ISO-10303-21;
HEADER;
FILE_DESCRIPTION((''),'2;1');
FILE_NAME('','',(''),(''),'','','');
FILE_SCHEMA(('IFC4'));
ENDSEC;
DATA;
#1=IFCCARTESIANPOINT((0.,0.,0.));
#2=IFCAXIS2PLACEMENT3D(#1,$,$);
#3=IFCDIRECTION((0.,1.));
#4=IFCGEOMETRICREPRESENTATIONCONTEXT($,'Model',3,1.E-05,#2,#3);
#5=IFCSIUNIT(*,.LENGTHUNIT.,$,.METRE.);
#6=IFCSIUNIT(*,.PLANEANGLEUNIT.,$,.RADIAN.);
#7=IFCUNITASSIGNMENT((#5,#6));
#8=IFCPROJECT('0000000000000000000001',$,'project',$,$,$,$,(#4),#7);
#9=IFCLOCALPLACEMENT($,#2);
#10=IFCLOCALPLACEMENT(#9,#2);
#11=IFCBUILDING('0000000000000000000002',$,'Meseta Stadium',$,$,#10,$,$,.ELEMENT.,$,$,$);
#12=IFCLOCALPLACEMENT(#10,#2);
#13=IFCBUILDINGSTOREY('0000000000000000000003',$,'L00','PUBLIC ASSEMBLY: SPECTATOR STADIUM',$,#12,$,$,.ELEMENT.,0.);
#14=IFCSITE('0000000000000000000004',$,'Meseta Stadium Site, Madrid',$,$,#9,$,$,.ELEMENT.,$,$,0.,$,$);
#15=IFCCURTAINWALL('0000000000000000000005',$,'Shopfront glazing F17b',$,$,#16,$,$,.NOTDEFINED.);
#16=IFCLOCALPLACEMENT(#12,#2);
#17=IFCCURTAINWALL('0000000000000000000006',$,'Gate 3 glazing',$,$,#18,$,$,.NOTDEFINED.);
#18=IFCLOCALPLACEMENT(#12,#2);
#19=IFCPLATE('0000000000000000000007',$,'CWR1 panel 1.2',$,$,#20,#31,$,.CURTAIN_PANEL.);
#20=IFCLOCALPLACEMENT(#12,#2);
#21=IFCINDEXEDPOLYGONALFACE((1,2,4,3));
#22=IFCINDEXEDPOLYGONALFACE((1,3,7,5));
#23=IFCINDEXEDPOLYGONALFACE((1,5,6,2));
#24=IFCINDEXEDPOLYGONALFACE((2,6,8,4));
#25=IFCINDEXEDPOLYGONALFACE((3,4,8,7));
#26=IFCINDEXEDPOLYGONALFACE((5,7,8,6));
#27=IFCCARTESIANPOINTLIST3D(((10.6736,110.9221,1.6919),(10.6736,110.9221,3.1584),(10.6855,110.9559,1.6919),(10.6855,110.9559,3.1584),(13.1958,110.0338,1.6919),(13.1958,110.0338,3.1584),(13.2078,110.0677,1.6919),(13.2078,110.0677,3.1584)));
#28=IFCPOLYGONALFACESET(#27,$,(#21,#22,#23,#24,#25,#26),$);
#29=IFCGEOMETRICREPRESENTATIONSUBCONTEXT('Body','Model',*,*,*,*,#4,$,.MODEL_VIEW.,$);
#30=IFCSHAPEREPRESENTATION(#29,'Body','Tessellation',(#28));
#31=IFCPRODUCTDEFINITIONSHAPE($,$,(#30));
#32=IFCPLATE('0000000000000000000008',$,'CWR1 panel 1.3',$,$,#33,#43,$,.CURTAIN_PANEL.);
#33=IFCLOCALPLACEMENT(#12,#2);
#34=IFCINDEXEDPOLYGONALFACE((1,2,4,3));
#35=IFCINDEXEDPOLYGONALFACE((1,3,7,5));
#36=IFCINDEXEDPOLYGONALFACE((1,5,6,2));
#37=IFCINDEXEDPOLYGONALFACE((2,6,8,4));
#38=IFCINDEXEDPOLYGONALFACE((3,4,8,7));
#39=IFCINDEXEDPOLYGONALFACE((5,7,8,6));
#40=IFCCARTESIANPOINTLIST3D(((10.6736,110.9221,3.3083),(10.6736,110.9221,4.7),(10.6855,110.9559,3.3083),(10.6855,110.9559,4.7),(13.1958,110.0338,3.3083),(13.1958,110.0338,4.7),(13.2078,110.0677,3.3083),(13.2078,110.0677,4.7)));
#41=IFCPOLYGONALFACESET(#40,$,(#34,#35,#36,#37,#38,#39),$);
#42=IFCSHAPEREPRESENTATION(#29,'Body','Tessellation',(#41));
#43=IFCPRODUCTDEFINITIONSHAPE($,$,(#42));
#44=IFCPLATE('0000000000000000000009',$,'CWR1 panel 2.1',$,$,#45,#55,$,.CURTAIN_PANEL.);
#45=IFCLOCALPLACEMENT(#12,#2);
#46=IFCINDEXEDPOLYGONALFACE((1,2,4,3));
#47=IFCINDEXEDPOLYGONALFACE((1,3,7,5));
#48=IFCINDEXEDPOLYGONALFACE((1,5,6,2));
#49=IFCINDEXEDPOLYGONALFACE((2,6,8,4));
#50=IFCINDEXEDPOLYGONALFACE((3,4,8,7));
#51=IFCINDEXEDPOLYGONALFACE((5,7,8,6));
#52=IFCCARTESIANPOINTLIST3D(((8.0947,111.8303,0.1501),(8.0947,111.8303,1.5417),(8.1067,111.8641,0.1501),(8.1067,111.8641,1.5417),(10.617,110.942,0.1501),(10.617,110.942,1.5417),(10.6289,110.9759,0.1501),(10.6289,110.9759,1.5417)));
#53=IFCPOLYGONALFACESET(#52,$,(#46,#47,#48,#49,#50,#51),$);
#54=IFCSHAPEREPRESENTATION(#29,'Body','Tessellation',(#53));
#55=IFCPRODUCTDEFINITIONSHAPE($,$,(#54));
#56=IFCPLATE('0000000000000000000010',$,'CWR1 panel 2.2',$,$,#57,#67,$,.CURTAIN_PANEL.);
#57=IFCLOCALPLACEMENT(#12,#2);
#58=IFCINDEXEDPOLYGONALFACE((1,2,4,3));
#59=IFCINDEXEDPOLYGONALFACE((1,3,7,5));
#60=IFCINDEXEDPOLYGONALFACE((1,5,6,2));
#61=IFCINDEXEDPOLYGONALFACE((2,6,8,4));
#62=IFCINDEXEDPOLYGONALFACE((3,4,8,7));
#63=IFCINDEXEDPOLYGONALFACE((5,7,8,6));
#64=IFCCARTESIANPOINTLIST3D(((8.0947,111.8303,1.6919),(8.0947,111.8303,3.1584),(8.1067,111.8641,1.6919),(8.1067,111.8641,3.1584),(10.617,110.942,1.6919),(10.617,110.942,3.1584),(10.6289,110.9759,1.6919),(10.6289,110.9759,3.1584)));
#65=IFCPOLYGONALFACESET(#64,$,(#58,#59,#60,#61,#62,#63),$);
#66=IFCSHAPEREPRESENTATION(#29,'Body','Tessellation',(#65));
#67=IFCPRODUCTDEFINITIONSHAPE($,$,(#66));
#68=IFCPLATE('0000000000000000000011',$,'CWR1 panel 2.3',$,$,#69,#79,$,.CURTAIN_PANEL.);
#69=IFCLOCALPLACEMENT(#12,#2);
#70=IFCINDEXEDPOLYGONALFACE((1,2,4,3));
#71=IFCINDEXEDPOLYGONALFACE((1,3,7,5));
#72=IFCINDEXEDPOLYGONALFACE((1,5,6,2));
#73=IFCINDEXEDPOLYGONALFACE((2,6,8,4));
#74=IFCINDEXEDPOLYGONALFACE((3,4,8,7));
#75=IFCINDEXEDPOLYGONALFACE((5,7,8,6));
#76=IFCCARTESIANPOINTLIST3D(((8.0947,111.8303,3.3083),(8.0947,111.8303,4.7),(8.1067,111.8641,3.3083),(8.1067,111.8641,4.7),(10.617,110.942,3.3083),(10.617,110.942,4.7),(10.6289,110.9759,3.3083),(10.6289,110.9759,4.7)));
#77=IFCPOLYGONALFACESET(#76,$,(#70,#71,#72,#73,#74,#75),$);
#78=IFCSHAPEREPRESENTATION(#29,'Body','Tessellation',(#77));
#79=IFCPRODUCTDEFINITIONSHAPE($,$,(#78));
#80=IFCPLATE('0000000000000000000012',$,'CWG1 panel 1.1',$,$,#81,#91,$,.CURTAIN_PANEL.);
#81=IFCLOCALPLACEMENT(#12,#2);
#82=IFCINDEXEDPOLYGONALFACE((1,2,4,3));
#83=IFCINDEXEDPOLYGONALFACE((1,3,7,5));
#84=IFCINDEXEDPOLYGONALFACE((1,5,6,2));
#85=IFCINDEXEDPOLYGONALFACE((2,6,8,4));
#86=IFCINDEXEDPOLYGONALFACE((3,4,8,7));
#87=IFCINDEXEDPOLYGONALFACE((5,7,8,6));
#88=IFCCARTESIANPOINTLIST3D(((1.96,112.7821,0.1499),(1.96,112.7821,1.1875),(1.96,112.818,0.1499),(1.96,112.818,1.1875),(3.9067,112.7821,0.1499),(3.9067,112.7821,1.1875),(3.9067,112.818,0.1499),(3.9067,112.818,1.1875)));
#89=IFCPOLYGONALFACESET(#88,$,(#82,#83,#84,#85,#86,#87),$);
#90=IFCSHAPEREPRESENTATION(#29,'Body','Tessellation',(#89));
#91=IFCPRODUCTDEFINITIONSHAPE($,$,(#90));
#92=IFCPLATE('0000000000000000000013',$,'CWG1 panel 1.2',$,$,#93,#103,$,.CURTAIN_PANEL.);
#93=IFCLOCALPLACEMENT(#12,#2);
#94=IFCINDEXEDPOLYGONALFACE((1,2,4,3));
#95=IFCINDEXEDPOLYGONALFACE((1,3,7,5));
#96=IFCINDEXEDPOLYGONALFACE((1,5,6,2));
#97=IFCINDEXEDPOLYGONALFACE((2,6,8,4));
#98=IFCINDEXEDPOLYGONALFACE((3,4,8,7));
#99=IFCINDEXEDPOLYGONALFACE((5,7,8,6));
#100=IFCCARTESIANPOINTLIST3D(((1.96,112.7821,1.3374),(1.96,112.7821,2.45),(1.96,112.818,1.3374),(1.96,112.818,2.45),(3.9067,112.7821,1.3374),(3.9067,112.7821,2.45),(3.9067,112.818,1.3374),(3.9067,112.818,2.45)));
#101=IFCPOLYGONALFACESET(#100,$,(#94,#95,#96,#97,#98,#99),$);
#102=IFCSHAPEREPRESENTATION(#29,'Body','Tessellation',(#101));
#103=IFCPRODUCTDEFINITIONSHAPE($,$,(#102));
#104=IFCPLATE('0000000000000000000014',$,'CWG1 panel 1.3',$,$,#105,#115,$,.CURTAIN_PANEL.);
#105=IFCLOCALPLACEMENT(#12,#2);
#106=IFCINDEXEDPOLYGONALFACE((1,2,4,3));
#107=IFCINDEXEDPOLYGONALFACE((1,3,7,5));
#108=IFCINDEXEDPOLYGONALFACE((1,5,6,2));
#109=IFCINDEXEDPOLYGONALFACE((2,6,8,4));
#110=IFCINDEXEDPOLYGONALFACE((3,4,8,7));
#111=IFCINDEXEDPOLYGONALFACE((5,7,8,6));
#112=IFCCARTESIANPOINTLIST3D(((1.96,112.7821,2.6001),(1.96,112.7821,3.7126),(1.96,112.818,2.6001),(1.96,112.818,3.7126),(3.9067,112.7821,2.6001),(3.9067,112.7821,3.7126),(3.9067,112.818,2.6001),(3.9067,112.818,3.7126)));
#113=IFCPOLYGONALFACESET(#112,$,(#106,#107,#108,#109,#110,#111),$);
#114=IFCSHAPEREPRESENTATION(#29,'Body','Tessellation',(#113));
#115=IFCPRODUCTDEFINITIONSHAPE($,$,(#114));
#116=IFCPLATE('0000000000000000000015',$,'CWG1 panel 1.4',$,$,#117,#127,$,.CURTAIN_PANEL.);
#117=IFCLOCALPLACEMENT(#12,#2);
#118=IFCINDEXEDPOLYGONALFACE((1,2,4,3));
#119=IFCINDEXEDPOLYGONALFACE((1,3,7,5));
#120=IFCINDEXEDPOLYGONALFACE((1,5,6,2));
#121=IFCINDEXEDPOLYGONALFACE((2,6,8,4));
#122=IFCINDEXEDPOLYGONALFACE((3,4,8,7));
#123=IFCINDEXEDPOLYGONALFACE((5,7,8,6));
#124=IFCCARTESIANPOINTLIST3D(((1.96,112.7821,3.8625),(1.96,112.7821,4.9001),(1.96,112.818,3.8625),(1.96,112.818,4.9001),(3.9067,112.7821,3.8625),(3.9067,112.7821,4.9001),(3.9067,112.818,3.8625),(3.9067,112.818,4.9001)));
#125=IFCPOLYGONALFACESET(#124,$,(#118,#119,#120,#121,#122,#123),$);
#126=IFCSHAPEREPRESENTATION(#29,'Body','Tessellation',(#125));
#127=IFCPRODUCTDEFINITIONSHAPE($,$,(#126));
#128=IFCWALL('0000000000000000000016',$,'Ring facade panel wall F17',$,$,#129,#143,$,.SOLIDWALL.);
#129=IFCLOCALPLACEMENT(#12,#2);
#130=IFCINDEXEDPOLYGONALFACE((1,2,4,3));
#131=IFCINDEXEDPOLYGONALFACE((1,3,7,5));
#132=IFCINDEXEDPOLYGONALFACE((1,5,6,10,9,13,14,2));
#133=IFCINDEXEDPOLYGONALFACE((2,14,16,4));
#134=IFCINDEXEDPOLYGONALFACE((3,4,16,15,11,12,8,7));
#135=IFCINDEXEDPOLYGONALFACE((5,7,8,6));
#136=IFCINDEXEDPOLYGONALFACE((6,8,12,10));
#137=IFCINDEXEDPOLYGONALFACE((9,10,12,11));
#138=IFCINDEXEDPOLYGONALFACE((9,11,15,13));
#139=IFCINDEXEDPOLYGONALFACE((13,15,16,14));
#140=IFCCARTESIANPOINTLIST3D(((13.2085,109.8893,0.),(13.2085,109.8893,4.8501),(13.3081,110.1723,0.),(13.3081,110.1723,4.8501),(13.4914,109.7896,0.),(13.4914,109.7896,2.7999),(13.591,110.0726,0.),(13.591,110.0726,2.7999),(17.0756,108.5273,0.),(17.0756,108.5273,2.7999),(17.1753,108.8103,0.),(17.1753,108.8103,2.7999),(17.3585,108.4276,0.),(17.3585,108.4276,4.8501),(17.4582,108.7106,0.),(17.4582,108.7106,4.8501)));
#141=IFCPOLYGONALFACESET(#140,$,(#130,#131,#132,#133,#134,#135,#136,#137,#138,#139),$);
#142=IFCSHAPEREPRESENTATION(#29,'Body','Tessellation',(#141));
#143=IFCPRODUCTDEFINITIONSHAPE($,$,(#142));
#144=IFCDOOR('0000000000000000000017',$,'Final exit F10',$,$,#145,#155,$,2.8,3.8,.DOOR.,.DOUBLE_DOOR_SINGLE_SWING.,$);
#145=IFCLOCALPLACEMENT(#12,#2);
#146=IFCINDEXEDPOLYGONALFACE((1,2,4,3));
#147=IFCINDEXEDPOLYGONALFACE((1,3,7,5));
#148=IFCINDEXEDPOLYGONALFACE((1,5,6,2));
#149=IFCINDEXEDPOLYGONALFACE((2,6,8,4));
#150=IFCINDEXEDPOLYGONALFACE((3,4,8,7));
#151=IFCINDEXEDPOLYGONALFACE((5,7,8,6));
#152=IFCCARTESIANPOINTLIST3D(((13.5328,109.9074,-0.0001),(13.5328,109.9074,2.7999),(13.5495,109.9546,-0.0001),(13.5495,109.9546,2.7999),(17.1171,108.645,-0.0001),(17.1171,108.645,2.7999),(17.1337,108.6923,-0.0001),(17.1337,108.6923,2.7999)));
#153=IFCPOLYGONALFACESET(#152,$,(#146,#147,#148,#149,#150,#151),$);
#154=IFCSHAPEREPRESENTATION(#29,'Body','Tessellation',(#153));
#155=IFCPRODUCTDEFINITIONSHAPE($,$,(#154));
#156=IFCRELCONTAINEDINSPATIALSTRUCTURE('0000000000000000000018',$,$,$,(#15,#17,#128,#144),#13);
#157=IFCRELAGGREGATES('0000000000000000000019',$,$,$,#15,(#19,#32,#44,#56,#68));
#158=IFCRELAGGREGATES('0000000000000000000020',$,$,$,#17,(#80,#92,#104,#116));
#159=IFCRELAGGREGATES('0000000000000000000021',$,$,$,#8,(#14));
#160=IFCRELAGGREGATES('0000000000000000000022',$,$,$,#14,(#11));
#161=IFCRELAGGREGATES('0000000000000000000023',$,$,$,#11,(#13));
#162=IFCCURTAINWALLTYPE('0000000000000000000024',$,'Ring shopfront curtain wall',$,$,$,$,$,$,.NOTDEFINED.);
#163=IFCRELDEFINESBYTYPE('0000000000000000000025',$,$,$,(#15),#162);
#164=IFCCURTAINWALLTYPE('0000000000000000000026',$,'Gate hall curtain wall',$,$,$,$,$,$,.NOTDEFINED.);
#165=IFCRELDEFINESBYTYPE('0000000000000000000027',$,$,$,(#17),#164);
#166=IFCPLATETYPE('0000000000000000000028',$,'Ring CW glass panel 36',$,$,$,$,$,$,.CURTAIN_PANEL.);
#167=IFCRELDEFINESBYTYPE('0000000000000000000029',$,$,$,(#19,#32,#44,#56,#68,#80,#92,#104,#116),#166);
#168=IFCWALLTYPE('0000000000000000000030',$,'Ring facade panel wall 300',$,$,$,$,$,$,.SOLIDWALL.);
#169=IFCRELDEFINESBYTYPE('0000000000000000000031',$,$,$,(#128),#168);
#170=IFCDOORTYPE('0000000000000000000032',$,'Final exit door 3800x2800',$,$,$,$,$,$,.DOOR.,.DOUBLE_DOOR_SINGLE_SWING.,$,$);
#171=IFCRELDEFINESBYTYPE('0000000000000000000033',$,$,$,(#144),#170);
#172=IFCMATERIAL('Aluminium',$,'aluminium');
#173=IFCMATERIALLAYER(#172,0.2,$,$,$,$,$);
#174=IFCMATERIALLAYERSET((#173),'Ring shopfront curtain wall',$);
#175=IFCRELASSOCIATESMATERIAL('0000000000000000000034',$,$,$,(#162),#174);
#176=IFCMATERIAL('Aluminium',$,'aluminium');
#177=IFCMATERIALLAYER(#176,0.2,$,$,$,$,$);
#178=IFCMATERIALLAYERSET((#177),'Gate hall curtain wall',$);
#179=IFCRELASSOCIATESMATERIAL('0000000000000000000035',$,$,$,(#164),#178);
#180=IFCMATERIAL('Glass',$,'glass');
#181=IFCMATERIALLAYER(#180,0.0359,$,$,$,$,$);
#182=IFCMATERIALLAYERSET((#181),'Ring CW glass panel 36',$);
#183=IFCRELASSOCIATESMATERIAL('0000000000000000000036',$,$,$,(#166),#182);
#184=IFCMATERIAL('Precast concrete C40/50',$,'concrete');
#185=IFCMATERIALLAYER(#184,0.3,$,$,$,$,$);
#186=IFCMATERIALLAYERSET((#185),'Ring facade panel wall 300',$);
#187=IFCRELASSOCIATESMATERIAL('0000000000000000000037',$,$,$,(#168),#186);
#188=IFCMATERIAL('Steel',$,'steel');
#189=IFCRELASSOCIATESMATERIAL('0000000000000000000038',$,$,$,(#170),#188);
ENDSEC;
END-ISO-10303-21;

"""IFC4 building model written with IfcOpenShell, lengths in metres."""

from ifc_helpers import new_model, si_unit, direction, frame, frame_2d, origin, origin_2d, place, context, subcontext, project, spatial, rectangle, extrude, material, layer, layer_set, type_object, element, fill, aggregate, save


model = new_model("IFC4")

# Units and contexts
model_context = context("Model", 3, precision=1e-05, world=origin(), true_north=direction((0.0, 1.0)))
body_context = subcontext(model_context, "Body", "Model", "MODEL_VIEW")
ifc_project = project(units=[si_unit("LENGTHUNIT", "METRE"), si_unit("PLANEANGLEUNIT", "RADIAN")], contexts=[model_context])

# Site, building, storey
site_placement = place(None, origin())
site = spatial("IfcSite", under=ifc_project, at=site_placement, Name="Meseta Stadium Site, Madrid", CompositionType="ELEMENT", RefElevation=0.0)
building_placement = place(site_placement, origin())
building = spatial("IfcBuilding", under=site, at=building_placement, Name="Meseta Stadium", CompositionType="ELEMENT")
storey_placement = place(building_placement, origin())
storey = spatial("IfcBuildingStorey", under=building, at=storey_placement, Name="L00", Description="PUBLIC ASSEMBLY: SPECTATOR STADIUM", CompositionType="ELEMENT", Elevation=0.0)

# Curtain walls
ifc_material_1 = material(Name="Aluminium", Category="aluminium")
ifc_layer_1 = layer(ifc_material_1, 0.2)
ifc_layer_set_1 = layer_set([ifc_layer_1], Name="Ring shopfront curtain wall")
curtain_wall_type_1 = type_object("IfcCurtainWallType", Name="Ring shopfront curtain wall", PredefinedType="NOTDEFINED", material=ifc_layer_set_1)
curtain_wall_1_placement = place(storey_placement, origin())
curtain_wall_1 = element("IfcCurtainWall", 1, at=curtain_wall_1_placement, inside=storey, type_object=curtain_wall_type_1, Name="Shopfront glazing F17b", PredefinedType="NOTDEFINED")
ifc_material_2 = material(Name="Aluminium", Category="aluminium")
ifc_layer_2 = layer(ifc_material_2, 0.2)
ifc_layer_set_2 = layer_set([ifc_layer_2], Name="Gate hall curtain wall")
curtain_wall_type_2 = type_object("IfcCurtainWallType", Name="Gate hall curtain wall", PredefinedType="NOTDEFINED", material=ifc_layer_set_2)
curtain_wall_2_placement = place(storey_placement, origin())
curtain_wall_2 = element("IfcCurtainWall", 2, at=curtain_wall_2_placement, inside=storey, type_object=curtain_wall_type_2, Name="Gate 3 glazing", PredefinedType="NOTDEFINED")

# Plates
ifc_material_3 = material(Name="Glass", Category="glass")
ifc_layer_3 = layer(ifc_material_3, 0.0359)
ifc_layer_set_3 = layer_set([ifc_layer_3], Name="Ring CW glass panel 36")
plate_type = type_object("IfcPlateType", Name="Ring CW glass panel 36", PredefinedType="CURTAIN_PANEL", material=ifc_layer_set_3)
plate_1_placement = place(storey_placement, frame((11.9407, 110.4949, 1.6919), z_axis=(0.0, 0.0, 1.0), x_axis=(-0.94322, 0.33217, 0.0)))
plate_1 = element("IfcPlate", 3, at=plate_1_placement, type_object=plate_type, Name="CWR1 panel 1.2", PredefinedType="CURTAIN_PANEL", context=body_context, shape_type="SweptSolid", body=[
    extrude(rectangle(XDim=2.6741, YDim=0.0359, at=origin_2d()), origin(), (0.0, 0.0, 1.0), 1.4666),
])
plate_2_placement = place(storey_placement, frame((11.9407, 110.4949, 3.3083), z_axis=(0.0, 0.0, 1.0), x_axis=(-0.94322, 0.33217, 0.0)))
plate_2 = element("IfcPlate", 4, at=plate_2_placement, type_object=plate_type, Name="CWR1 panel 1.3", PredefinedType="CURTAIN_PANEL", context=body_context, shape_type="SweptSolid", body=[
    extrude(rectangle(XDim=2.6741, YDim=0.0359, at=origin_2d()), origin(), (0.0, 0.0, 1.0), 1.3916),
])
plate_3_placement = place(storey_placement, frame((9.3618, 111.4031, 0.1501), z_axis=(0.0, 0.0, 1.0), x_axis=(-0.94322, 0.33217, 0.0)))
plate_3 = element("IfcPlate", 5, at=plate_3_placement, type_object=plate_type, Name="CWR1 panel 2.1", PredefinedType="CURTAIN_PANEL", context=body_context, shape_type="SweptSolid", body=[
    extrude(rectangle(XDim=2.6741, YDim=0.0359, at=origin_2d()), origin(), (0.0, 0.0, 1.0), 1.3916),
])
plate_4_placement = place(storey_placement, frame((9.3618, 111.4031, 1.6919), z_axis=(0.0, 0.0, 1.0), x_axis=(-0.94322, 0.33217, 0.0)))
plate_4 = element("IfcPlate", 6, at=plate_4_placement, type_object=plate_type, Name="CWR1 panel 2.2", PredefinedType="CURTAIN_PANEL", context=body_context, shape_type="SweptSolid", body=[
    extrude(rectangle(XDim=2.6741, YDim=0.0359, at=origin_2d()), origin(), (0.0, 0.0, 1.0), 1.4666),
])
plate_5_placement = place(storey_placement, frame((9.3618, 111.4031, 3.3083), z_axis=(0.0, 0.0, 1.0), x_axis=(-0.94322, 0.33217, 0.0)))
plate_5 = element("IfcPlate", 7, at=plate_5_placement, type_object=plate_type, Name="CWR1 panel 2.3", PredefinedType="CURTAIN_PANEL", context=body_context, shape_type="SweptSolid", body=[
    extrude(rectangle(XDim=2.6741, YDim=0.0359, at=origin_2d()), origin(), (0.0, 0.0, 1.0), 1.3916),
])
aggregate(curtain_wall_1, [plate_1, plate_2, plate_3, plate_4, plate_5])
plate_6_placement = place(storey_placement, frame((2.9333, 112.8, 0.1499), z_axis=(0.0, 0.0, 1.0), x_axis=(-1.0, 0.0, 0.0)))
plate_6 = element("IfcPlate", 8, at=plate_6_placement, type_object=plate_type, Name="CWG1 panel 1.1", PredefinedType="CURTAIN_PANEL", context=body_context, shape_type="SweptSolid", body=[
    extrude(rectangle(XDim=1.9468, YDim=0.0359, at=origin_2d()), origin(), (0.0, 0.0, 1.0), 1.0376),
])
plate_7_placement = place(storey_placement, frame((2.9333, 112.8, 1.3374), z_axis=(0.0, 0.0, 1.0), x_axis=(-1.0, 0.0, 0.0)))
plate_7 = element("IfcPlate", 9, at=plate_7_placement, type_object=plate_type, Name="CWG1 panel 1.2", PredefinedType="CURTAIN_PANEL", context=body_context, shape_type="SweptSolid", body=[
    extrude(rectangle(XDim=1.9468, YDim=0.0359, at=origin_2d()), origin(), (0.0, 0.0, 1.0), 1.1125),
])
plate_8_placement = place(storey_placement, frame((2.9333, 112.8, 2.6001), z_axis=(0.0, 0.0, 1.0), x_axis=(-1.0, 0.0, 0.0)))
plate_8 = element("IfcPlate", 10, at=plate_8_placement, type_object=plate_type, Name="CWG1 panel 1.3", PredefinedType="CURTAIN_PANEL", context=body_context, shape_type="SweptSolid", body=[
    extrude(rectangle(XDim=1.9468, YDim=0.0359, at=origin_2d()), origin(), (0.0, 0.0, 1.0), 1.1125),
])
plate_9_placement = place(storey_placement, frame((2.9333, 112.8, 3.8625), z_axis=(0.0, 0.0, 1.0), x_axis=(-1.0, 0.0, 0.0)))
plate_9 = element("IfcPlate", 11, at=plate_9_placement, type_object=plate_type, Name="CWG1 panel 1.4", PredefinedType="CURTAIN_PANEL", context=body_context, shape_type="SweptSolid", body=[
    extrude(rectangle(XDim=1.9468, YDim=0.0359, at=origin_2d()), origin(), (0.0, 0.0, 1.0), 1.0376),
])
aggregate(curtain_wall_2, [plate_6, plate_7, plate_8, plate_9])

# Wall, opening, door
ifc_material_4 = material(Name="Precast concrete C40/50", Category="concrete")
ifc_layer_4 = layer(ifc_material_4, 0.3)
ifc_layer_set_4 = layer_set([ifc_layer_4], Name="Ring facade panel wall 300")
wall_type = type_object("IfcWallType", Name="Ring facade panel wall 300", PredefinedType="SOLIDWALL", material=ifc_layer_set_4)
wall_placement = place(storey_placement, frame((13.2583, 110.0308, 0.0), z_axis=(0.0, 0.0, 1.0), x_axis=(0.94321, -0.332196, 0.0)))
wall = element("IfcWall", 12, at=wall_placement, inside=storey, type_object=wall_type, Name="Ring facade panel wall F17", PredefinedType="SOLIDWALL", context=body_context, shape_type="SweptSolid", body=[
    extrude(rectangle(XDim=4.3999, YDim=0.3, at=frame_2d((2.2, 0.0))), origin(), (0.0, 0.0, 1.0), 4.8501),
])
opening_placement = place(wall_placement, frame((0.3, 0.0, 0.0)))
opening = element("IfcOpeningElement", 13, at=opening_placement, cuts=wall, PredefinedType="OPENING", context=body_context, shape_type="SweptSolid", body=[
    extrude(rectangle(XDim=3.8, YDim=2.8, at=frame_2d((1.8999, 1.3999))), frame((0.0, 0.1599, 0.0), z_axis=(0.0, -1.0, 0.0), x_axis=(1.0, 0.0, 0.0)), (0.0, 0.0, 1.0), 0.3201),
])
ifc_material_5 = material(Name="Steel", Category="steel")
door_type = type_object("IfcDoorType", Name="Final exit door 3800x2800", OperationType="DOUBLE_DOOR_SINGLE_SWING", PredefinedType="DOOR", material=ifc_material_5)
door_placement = place(opening_placement, origin())
door = element("IfcDoor", 14, at=door_placement, inside=storey, type_object=door_type, Name="Final exit F10", OperationType="DOUBLE_DOOR_SINGLE_SWING", OverallHeight=2.8, OverallWidth=3.8, PredefinedType="DOOR", context=body_context, shape_type="SweptSolid", body=[
    extrude(rectangle(XDim=3.8, YDim=2.8, at=frame_2d((1.8999, 1.3999))), frame((0.0, 0.0249, 0.0), z_axis=(0.0, -1.0, 0.0), x_axis=(1.0, 0.0, 0.0)), (0.0, 0.0, 1.0), 0.05),
])
fill(opening, door)

save(model, "model.ifc")
